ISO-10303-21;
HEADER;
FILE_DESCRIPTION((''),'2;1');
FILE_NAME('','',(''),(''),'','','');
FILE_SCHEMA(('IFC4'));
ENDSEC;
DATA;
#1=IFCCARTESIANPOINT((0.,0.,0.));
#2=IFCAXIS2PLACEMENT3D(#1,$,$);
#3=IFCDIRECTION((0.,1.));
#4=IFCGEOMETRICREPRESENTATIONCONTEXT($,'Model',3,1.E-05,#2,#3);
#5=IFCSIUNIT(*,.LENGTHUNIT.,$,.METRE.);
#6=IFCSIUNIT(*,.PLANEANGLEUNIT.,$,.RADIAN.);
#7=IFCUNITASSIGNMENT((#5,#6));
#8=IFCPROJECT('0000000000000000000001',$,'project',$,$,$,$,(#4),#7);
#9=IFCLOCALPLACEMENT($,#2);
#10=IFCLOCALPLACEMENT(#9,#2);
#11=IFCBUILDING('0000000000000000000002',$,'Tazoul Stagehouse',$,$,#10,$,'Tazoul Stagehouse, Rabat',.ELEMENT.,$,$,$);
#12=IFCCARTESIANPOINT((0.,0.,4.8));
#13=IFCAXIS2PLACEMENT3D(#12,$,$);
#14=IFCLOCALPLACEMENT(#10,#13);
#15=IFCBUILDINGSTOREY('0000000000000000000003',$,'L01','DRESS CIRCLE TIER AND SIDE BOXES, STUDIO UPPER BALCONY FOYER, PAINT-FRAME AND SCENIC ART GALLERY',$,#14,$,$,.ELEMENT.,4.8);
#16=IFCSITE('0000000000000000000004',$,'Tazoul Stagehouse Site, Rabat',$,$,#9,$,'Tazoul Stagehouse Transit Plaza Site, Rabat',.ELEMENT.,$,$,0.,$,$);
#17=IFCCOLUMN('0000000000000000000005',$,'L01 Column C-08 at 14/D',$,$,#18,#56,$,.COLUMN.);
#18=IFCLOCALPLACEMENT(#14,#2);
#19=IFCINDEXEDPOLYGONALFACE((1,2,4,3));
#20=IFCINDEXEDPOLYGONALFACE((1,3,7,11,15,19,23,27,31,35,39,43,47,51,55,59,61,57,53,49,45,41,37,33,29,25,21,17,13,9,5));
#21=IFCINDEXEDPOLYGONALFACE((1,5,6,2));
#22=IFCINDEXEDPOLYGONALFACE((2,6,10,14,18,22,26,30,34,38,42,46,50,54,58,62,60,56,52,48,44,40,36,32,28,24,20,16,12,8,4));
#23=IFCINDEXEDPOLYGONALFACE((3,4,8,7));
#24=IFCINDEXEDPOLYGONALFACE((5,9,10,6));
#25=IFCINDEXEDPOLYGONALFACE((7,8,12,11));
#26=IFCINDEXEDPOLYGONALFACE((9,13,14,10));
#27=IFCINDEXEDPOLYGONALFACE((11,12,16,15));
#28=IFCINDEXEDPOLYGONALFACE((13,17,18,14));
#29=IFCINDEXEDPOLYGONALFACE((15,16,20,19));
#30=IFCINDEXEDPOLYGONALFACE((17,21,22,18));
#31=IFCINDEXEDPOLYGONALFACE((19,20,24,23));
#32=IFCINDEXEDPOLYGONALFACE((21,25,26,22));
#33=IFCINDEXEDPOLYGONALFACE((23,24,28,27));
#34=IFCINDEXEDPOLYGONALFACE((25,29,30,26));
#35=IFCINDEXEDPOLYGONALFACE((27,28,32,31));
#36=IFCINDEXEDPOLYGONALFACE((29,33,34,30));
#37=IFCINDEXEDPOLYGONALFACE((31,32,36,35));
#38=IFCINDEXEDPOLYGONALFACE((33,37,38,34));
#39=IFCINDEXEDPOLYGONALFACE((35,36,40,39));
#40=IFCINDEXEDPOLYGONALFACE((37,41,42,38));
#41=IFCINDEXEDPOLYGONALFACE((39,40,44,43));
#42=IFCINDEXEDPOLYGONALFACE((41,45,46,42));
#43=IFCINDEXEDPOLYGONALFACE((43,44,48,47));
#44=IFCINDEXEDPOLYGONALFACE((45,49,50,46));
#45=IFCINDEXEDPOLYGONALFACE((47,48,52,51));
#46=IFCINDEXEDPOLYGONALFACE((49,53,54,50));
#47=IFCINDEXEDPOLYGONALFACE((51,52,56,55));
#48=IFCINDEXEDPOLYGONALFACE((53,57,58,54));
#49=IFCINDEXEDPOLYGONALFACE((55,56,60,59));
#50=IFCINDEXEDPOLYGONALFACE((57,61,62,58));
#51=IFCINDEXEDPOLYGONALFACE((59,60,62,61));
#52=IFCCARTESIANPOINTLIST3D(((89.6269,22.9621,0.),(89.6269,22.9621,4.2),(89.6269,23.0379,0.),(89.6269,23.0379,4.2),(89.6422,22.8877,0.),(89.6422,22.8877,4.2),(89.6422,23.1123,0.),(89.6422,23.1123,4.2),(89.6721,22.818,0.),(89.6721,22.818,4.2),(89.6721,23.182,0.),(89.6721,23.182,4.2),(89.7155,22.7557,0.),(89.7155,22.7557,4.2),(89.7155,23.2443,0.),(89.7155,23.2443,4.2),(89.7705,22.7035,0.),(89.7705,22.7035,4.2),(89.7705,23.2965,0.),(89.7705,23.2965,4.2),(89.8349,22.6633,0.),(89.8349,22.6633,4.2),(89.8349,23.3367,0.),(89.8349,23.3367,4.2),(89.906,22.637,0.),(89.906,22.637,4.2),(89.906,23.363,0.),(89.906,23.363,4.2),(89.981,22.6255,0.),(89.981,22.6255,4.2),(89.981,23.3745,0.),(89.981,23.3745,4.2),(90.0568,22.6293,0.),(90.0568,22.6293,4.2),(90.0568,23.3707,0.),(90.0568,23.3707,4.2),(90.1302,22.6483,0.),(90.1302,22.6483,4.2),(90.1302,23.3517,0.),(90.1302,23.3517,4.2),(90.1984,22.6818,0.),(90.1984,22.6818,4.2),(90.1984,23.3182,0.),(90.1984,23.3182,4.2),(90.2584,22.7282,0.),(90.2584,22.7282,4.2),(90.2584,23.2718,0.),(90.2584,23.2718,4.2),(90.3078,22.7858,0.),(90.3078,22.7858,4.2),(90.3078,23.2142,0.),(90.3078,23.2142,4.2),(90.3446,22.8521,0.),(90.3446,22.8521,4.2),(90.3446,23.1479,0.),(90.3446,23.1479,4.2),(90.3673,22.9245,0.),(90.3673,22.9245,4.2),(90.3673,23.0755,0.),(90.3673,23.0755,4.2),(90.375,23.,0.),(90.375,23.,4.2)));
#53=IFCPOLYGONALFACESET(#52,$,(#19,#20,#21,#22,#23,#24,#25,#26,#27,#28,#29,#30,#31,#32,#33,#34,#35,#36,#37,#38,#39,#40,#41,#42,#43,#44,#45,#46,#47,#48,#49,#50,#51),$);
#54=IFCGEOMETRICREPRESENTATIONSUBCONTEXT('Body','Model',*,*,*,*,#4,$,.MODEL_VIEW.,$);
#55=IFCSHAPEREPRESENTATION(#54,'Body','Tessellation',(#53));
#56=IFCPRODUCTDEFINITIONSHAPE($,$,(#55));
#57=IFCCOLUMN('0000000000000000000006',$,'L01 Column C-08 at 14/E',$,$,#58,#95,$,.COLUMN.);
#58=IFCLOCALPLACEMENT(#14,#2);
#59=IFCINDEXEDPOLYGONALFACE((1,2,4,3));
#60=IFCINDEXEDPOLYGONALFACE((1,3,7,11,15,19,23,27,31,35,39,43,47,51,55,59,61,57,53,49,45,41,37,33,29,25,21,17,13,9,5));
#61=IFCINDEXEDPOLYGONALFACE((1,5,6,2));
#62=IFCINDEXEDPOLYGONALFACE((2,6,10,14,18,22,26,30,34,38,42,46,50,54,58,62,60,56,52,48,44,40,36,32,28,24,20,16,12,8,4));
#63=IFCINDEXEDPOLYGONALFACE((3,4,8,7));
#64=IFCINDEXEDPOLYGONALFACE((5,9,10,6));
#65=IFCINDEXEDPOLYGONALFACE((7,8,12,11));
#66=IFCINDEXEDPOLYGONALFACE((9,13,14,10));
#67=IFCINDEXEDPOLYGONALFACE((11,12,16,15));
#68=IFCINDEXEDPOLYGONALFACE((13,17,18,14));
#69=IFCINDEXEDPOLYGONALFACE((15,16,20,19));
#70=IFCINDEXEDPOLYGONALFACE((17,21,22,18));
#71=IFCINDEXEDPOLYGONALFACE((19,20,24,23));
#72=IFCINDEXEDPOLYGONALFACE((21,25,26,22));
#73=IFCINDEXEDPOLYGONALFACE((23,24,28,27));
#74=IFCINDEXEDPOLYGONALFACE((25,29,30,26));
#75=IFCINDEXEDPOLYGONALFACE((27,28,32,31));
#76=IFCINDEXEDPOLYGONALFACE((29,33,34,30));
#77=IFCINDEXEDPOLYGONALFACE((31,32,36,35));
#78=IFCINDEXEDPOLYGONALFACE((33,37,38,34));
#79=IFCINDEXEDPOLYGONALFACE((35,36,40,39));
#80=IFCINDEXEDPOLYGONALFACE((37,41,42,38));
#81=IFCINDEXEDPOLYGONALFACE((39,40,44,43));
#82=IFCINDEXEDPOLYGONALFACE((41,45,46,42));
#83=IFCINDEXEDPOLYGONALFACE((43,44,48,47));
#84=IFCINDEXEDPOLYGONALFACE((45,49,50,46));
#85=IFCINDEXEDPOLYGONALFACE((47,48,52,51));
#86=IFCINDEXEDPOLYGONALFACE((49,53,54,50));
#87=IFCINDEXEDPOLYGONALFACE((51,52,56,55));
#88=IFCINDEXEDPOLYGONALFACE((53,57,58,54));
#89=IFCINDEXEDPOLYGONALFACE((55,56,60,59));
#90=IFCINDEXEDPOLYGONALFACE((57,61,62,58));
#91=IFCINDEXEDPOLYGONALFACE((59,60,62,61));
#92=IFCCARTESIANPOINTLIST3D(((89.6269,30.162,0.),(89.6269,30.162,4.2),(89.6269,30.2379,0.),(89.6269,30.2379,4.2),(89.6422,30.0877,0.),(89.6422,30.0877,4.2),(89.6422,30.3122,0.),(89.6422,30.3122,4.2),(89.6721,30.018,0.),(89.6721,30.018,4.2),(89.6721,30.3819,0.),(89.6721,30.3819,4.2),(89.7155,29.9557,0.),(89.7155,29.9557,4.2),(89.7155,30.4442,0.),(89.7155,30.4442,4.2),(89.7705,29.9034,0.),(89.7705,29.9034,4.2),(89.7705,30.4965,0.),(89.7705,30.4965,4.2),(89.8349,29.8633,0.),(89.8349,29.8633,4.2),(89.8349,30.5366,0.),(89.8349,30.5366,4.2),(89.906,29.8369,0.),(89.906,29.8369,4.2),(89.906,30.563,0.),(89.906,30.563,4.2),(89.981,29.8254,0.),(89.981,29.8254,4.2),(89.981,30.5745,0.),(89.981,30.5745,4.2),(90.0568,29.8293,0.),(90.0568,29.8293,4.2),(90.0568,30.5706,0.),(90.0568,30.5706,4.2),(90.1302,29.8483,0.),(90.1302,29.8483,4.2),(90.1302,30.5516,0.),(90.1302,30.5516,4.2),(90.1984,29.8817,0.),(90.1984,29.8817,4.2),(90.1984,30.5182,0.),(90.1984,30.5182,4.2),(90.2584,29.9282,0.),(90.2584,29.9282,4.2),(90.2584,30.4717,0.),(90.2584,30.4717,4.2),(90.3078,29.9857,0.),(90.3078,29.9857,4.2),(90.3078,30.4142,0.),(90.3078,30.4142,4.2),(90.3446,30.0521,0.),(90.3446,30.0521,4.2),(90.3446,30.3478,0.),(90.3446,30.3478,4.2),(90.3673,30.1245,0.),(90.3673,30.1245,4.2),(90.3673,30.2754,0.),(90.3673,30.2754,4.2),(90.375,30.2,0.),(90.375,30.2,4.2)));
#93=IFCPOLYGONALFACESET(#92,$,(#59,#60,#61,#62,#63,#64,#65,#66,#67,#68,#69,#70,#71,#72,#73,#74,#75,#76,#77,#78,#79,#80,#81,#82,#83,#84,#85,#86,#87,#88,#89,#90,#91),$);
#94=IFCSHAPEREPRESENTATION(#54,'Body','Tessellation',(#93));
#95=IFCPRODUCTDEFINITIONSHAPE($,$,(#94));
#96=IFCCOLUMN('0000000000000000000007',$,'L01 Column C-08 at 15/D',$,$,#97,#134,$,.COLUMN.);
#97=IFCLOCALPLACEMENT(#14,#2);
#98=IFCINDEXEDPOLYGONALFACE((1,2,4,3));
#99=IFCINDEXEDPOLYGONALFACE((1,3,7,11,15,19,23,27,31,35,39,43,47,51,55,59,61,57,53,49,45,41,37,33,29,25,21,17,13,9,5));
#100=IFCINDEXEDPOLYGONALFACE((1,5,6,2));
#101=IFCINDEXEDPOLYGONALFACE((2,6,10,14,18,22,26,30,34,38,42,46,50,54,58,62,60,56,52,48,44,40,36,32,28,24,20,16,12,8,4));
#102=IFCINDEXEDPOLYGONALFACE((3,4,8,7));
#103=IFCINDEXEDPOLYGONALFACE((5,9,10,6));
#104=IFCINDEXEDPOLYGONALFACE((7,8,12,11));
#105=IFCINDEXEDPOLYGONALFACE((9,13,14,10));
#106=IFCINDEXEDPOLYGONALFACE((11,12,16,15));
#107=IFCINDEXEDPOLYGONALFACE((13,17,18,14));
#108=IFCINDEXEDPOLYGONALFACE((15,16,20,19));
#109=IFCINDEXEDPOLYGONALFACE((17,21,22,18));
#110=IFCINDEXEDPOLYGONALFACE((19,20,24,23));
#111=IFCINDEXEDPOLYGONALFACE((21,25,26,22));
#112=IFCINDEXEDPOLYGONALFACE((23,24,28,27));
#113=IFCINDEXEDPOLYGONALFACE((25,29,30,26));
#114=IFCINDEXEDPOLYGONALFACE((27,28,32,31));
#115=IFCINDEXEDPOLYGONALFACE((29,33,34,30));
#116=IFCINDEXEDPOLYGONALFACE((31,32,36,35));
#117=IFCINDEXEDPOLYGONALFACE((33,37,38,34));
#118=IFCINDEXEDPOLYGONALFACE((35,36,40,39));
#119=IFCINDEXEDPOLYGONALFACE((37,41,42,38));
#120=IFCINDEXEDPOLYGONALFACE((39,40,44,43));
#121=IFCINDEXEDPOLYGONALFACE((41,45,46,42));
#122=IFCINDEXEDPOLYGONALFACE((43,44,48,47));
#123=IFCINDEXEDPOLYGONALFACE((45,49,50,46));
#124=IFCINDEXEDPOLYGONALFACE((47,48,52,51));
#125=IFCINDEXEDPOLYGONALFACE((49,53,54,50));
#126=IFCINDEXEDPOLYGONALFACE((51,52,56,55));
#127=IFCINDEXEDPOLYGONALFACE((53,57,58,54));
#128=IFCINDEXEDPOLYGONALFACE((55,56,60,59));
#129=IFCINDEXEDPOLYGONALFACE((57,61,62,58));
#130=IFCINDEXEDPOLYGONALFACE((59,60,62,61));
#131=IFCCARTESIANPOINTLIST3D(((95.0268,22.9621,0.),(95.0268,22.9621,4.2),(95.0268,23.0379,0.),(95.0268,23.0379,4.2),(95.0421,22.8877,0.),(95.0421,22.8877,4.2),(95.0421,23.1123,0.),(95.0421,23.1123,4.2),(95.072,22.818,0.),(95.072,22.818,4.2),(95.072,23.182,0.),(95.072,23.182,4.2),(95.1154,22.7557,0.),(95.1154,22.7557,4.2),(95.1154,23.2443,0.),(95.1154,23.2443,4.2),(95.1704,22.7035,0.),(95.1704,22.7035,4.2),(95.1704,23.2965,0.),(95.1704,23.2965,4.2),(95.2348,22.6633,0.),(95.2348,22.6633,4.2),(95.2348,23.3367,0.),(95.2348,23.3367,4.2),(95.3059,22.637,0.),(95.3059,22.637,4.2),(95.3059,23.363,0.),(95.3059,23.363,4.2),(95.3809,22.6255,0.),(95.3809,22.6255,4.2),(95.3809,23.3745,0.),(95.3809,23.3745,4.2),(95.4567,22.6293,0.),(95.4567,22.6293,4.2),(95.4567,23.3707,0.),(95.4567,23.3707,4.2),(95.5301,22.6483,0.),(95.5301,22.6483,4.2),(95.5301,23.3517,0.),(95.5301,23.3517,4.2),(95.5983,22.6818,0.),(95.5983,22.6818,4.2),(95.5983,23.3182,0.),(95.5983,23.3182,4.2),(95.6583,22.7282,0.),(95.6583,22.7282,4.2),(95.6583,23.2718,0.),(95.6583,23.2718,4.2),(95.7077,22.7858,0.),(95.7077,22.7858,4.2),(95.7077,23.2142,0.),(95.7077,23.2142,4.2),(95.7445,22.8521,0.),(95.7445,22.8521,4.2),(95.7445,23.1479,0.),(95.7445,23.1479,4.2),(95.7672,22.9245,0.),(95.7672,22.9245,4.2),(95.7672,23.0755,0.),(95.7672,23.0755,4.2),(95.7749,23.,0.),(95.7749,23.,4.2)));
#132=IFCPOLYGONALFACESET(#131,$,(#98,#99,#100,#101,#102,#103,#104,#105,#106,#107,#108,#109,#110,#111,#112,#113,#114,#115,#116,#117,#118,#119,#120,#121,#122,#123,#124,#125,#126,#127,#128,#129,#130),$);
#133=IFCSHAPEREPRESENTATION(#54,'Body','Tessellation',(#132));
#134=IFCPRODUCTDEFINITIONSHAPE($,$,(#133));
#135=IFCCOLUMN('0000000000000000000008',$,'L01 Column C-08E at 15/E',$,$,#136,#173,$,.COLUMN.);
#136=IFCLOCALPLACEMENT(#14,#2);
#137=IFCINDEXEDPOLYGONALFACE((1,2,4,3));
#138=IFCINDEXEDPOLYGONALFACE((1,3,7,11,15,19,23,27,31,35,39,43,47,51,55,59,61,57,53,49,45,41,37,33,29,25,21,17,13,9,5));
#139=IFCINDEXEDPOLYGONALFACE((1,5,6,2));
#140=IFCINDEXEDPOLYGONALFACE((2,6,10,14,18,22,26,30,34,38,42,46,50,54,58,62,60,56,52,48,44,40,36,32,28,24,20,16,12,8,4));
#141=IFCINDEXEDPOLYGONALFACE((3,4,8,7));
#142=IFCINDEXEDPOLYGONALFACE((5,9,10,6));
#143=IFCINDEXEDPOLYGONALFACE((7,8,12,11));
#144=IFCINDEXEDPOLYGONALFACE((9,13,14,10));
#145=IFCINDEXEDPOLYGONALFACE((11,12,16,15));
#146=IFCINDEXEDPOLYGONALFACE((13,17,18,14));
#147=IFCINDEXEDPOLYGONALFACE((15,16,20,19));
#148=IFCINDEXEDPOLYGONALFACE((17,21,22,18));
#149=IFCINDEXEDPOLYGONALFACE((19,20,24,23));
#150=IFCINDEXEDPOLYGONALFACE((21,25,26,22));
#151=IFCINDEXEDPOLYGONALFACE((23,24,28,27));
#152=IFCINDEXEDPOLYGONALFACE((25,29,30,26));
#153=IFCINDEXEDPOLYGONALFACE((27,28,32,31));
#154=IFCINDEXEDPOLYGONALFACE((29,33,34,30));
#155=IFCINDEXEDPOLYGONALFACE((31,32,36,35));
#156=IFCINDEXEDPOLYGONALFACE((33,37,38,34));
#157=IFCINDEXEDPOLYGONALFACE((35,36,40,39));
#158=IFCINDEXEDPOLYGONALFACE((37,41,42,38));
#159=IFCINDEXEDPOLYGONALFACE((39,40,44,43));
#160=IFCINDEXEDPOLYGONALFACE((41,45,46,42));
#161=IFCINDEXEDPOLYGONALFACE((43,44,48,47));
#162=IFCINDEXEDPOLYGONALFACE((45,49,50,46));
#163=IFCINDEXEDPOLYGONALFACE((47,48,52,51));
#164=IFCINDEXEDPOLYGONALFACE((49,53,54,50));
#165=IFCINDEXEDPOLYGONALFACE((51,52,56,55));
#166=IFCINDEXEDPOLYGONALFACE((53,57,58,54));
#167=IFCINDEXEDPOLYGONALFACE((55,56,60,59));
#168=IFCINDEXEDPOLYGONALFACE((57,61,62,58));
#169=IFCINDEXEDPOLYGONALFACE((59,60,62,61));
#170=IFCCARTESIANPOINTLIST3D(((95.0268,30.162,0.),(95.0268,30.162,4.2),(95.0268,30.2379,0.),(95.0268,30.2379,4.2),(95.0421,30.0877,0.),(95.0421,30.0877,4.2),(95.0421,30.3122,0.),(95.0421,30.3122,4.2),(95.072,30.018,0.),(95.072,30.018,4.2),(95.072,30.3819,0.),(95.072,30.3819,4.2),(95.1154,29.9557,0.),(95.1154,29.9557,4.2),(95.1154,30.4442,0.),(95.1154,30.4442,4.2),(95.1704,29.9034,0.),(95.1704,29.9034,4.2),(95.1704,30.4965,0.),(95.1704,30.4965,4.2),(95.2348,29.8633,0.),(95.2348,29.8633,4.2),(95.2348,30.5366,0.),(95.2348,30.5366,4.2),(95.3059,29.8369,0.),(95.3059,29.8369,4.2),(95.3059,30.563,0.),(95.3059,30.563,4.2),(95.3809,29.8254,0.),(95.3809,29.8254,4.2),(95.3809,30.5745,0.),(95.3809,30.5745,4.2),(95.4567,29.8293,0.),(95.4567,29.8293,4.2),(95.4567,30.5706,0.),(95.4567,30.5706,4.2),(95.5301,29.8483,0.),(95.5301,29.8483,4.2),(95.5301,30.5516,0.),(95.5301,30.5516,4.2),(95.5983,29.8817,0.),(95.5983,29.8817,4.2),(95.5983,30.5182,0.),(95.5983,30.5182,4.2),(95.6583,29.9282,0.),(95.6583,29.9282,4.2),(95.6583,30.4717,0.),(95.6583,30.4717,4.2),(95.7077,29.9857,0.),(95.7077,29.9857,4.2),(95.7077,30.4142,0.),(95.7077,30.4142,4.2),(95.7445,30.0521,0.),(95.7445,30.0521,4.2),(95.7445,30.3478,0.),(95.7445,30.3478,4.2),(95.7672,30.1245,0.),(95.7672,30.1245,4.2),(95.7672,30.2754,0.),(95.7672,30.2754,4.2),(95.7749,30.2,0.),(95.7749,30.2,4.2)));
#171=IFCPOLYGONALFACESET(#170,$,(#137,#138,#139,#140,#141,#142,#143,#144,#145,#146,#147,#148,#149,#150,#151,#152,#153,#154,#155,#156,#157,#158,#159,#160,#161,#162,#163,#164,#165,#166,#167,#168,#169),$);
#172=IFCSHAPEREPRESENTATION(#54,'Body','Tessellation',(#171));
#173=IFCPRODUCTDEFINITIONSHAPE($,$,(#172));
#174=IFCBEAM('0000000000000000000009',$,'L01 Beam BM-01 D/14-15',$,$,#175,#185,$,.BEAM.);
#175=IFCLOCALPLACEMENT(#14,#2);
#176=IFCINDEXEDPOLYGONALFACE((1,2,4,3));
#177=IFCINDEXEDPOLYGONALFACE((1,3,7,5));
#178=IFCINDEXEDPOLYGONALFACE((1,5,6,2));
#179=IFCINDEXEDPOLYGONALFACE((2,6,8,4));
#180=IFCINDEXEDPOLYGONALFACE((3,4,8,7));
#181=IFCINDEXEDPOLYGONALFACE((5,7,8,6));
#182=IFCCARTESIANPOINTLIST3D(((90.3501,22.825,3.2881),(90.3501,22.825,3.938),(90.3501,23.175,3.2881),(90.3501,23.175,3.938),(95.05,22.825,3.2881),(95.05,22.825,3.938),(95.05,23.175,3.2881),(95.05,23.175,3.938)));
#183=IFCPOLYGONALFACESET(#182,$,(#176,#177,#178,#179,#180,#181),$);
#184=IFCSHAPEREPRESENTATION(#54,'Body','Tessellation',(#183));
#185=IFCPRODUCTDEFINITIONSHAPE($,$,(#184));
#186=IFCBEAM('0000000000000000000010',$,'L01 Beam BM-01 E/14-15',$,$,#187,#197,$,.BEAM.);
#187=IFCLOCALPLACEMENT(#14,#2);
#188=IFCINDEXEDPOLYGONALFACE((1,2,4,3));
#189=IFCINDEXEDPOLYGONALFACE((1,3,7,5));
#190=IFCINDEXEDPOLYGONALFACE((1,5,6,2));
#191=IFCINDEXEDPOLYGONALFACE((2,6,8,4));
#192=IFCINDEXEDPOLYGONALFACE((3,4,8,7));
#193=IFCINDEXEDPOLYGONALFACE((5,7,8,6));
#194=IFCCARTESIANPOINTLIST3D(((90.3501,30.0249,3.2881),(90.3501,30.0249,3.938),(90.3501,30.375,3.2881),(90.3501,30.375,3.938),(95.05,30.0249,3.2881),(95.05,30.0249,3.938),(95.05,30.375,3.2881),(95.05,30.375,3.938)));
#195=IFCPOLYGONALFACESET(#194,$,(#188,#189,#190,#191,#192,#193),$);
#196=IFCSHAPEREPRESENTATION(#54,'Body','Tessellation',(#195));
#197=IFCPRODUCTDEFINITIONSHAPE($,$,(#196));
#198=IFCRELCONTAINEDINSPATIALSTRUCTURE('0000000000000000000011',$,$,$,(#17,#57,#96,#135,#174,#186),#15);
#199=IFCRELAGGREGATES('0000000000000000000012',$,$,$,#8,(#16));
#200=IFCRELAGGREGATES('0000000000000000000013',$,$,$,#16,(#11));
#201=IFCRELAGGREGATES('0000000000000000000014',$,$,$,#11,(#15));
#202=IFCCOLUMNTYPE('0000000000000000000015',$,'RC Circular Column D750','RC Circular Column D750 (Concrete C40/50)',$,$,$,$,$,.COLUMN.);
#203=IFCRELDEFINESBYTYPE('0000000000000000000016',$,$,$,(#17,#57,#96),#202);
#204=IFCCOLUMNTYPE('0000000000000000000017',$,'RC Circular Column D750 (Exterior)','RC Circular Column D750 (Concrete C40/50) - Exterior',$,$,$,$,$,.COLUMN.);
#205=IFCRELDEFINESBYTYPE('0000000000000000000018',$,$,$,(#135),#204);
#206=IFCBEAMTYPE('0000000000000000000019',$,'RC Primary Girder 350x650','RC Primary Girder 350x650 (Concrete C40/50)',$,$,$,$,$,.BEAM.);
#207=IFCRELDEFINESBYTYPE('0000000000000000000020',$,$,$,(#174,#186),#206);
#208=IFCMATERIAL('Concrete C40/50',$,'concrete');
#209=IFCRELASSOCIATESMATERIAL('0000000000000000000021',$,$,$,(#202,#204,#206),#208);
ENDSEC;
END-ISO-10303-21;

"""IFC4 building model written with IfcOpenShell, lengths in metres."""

from ifc_helpers import new_model, si_unit, direction, frame, origin, origin_2d, place, context, subcontext, project, spatial, rectangle, circle, extrude, material, material_profile, profile_set, type_object, element, save


model = new_model("IFC4")

# Units and contexts
model_context = context("Model", 3, precision=1e-05, world=origin(), true_north=direction((0.0, 1.0)))
body_context = subcontext(model_context, "Body", "Model", "MODEL_VIEW")
ifc_project = project(units=[si_unit("LENGTHUNIT", "METRE"), si_unit("PLANEANGLEUNIT", "RADIAN")], contexts=[model_context])

# Site, building, storey
site_placement = place(None, origin())
site = spatial("IfcSite", under=ifc_project, at=site_placement, Name="Tazoul Stagehouse Site, Rabat", LongName="Tazoul Stagehouse Transit Plaza Site, Rabat", CompositionType="ELEMENT", RefElevation=0.0)
building_placement = place(site_placement, origin())
building = spatial("IfcBuilding", under=site, at=building_placement, Name="Tazoul Stagehouse", LongName="Tazoul Stagehouse, Rabat", CompositionType="ELEMENT")
storey_placement = place(building_placement, frame((0.0, 0.0, 4.8)))
storey = spatial("IfcBuildingStorey", under=building, at=storey_placement, Name="L01", Description="DRESS CIRCLE TIER AND SIDE BOXES, STUDIO UPPER BALCONY FOYER, PAINT-FRAME AND SCENIC ART GALLERY", CompositionType="ELEMENT", Elevation=4.8)

# Columns
ifc_material_1 = material(Name="Concrete C40/50", Category="concrete")
ifc_material_profile_1 = material_profile(ifc_material_1, circle(Radius=0.375, at=origin_2d()), Name="RC D750")
ifc_profile_set_1 = profile_set([ifc_material_profile_1], Name="Concrete C40/50")
column_type_1 = type_object("IfcColumnType", Name="RC Circular Column D750", Description="RC Circular Column D750 (Concrete C40/50)", PredefinedType="COLUMN", material=ifc_profile_set_1)
for number, where, z_axis, x_axis, name in (
    (1, (90.0, 23.0, 0.0), (0.0, 0.0, 1.0), (1.0, 0.0, 0.0), "L01 Column C-08 at 14/D"),
    (2, (90.0, 30.2, 0.0), (0.0, 0.0, 1.0), (1.0, 0.0, 0.0), "L01 Column C-08 at 14/E"),
    (3, (95.3999, 23.0, 0.0), (0.0, 0.0, 1.0), (1.0, 0.0, 0.0), "L01 Column C-08 at 15/D"),
):
    element("IfcColumn", number, at=place(storey_placement, frame(where, z_axis=z_axis, x_axis=x_axis)), inside=storey, type_object=column_type_1, Name=name, PredefinedType="COLUMN", context=body_context, shape_type="SweptSolid", body=[
        extrude(circle(Radius=0.375, at=origin_2d()), origin(), (0.0, 0.0, 1.0), 4.2),
    ])
ifc_material_profile_2 = material_profile(ifc_material_1, circle(Radius=0.375, at=origin_2d()), Name="RC D750")
ifc_profile_set_2 = profile_set([ifc_material_profile_2], Name="Concrete C40/50")
column_type_2 = type_object("IfcColumnType", Name="RC Circular Column D750 (Exterior)", Description="RC Circular Column D750 (Concrete C40/50) - Exterior", PredefinedType="COLUMN", material=ifc_profile_set_2)
column_placement = place(storey_placement, frame((95.3999, 30.2, 0.0), z_axis=(0.0, 0.0, 1.0), x_axis=(1.0, 0.0, 0.0)))
element("IfcColumn", 4, at=column_placement, inside=storey, type_object=column_type_2, Name="L01 Column C-08E at 15/E", PredefinedType="COLUMN", context=body_context, shape_type="SweptSolid", body=[
    extrude(circle(Radius=0.375, at=origin_2d()), origin(), (0.0, 0.0, 1.0), 4.2),
])

# Beams
ifc_material_profile_3 = material_profile(ifc_material_1, rectangle(XDim=0.3501, YDim=0.6499, at=origin_2d()), Name="RC 350x650")
ifc_profile_set_3 = profile_set([ifc_material_profile_3], Name="Concrete C40/50")
beam_type_1 = type_object("IfcBeamType", Name="RC Primary Girder 350x650", Description="RC Primary Girder 350x650 (Concrete C40/50)", PredefinedType="BEAM", material=ifc_profile_set_3)
for number, where, z_axis, x_axis, name in (
    (5, (90.3501, 23.0, 3.613), (1.0, 0.0, 0.0), (0.0, 1.0, 0.0), "L01 Beam BM-01 D/14-15"),
    (6, (90.3501, 30.2, 3.613), (1.0, 0.0, 0.0), (0.0, 1.0, 0.0), "L01 Beam BM-01 E/14-15"),
):
    element("IfcBeam", number, at=place(storey_placement, frame(where, z_axis=z_axis, x_axis=x_axis)), inside=storey, type_object=beam_type_1, Name=name, PredefinedType="BEAM", context=body_context, shape_type="SweptSolid", body=[
        extrude(rectangle(XDim=0.3501, YDim=0.6499, at=origin_2d()), origin(), (0.0, 0.0, 1.0), 4.7),
    ])

save(model, "model.ifc")
